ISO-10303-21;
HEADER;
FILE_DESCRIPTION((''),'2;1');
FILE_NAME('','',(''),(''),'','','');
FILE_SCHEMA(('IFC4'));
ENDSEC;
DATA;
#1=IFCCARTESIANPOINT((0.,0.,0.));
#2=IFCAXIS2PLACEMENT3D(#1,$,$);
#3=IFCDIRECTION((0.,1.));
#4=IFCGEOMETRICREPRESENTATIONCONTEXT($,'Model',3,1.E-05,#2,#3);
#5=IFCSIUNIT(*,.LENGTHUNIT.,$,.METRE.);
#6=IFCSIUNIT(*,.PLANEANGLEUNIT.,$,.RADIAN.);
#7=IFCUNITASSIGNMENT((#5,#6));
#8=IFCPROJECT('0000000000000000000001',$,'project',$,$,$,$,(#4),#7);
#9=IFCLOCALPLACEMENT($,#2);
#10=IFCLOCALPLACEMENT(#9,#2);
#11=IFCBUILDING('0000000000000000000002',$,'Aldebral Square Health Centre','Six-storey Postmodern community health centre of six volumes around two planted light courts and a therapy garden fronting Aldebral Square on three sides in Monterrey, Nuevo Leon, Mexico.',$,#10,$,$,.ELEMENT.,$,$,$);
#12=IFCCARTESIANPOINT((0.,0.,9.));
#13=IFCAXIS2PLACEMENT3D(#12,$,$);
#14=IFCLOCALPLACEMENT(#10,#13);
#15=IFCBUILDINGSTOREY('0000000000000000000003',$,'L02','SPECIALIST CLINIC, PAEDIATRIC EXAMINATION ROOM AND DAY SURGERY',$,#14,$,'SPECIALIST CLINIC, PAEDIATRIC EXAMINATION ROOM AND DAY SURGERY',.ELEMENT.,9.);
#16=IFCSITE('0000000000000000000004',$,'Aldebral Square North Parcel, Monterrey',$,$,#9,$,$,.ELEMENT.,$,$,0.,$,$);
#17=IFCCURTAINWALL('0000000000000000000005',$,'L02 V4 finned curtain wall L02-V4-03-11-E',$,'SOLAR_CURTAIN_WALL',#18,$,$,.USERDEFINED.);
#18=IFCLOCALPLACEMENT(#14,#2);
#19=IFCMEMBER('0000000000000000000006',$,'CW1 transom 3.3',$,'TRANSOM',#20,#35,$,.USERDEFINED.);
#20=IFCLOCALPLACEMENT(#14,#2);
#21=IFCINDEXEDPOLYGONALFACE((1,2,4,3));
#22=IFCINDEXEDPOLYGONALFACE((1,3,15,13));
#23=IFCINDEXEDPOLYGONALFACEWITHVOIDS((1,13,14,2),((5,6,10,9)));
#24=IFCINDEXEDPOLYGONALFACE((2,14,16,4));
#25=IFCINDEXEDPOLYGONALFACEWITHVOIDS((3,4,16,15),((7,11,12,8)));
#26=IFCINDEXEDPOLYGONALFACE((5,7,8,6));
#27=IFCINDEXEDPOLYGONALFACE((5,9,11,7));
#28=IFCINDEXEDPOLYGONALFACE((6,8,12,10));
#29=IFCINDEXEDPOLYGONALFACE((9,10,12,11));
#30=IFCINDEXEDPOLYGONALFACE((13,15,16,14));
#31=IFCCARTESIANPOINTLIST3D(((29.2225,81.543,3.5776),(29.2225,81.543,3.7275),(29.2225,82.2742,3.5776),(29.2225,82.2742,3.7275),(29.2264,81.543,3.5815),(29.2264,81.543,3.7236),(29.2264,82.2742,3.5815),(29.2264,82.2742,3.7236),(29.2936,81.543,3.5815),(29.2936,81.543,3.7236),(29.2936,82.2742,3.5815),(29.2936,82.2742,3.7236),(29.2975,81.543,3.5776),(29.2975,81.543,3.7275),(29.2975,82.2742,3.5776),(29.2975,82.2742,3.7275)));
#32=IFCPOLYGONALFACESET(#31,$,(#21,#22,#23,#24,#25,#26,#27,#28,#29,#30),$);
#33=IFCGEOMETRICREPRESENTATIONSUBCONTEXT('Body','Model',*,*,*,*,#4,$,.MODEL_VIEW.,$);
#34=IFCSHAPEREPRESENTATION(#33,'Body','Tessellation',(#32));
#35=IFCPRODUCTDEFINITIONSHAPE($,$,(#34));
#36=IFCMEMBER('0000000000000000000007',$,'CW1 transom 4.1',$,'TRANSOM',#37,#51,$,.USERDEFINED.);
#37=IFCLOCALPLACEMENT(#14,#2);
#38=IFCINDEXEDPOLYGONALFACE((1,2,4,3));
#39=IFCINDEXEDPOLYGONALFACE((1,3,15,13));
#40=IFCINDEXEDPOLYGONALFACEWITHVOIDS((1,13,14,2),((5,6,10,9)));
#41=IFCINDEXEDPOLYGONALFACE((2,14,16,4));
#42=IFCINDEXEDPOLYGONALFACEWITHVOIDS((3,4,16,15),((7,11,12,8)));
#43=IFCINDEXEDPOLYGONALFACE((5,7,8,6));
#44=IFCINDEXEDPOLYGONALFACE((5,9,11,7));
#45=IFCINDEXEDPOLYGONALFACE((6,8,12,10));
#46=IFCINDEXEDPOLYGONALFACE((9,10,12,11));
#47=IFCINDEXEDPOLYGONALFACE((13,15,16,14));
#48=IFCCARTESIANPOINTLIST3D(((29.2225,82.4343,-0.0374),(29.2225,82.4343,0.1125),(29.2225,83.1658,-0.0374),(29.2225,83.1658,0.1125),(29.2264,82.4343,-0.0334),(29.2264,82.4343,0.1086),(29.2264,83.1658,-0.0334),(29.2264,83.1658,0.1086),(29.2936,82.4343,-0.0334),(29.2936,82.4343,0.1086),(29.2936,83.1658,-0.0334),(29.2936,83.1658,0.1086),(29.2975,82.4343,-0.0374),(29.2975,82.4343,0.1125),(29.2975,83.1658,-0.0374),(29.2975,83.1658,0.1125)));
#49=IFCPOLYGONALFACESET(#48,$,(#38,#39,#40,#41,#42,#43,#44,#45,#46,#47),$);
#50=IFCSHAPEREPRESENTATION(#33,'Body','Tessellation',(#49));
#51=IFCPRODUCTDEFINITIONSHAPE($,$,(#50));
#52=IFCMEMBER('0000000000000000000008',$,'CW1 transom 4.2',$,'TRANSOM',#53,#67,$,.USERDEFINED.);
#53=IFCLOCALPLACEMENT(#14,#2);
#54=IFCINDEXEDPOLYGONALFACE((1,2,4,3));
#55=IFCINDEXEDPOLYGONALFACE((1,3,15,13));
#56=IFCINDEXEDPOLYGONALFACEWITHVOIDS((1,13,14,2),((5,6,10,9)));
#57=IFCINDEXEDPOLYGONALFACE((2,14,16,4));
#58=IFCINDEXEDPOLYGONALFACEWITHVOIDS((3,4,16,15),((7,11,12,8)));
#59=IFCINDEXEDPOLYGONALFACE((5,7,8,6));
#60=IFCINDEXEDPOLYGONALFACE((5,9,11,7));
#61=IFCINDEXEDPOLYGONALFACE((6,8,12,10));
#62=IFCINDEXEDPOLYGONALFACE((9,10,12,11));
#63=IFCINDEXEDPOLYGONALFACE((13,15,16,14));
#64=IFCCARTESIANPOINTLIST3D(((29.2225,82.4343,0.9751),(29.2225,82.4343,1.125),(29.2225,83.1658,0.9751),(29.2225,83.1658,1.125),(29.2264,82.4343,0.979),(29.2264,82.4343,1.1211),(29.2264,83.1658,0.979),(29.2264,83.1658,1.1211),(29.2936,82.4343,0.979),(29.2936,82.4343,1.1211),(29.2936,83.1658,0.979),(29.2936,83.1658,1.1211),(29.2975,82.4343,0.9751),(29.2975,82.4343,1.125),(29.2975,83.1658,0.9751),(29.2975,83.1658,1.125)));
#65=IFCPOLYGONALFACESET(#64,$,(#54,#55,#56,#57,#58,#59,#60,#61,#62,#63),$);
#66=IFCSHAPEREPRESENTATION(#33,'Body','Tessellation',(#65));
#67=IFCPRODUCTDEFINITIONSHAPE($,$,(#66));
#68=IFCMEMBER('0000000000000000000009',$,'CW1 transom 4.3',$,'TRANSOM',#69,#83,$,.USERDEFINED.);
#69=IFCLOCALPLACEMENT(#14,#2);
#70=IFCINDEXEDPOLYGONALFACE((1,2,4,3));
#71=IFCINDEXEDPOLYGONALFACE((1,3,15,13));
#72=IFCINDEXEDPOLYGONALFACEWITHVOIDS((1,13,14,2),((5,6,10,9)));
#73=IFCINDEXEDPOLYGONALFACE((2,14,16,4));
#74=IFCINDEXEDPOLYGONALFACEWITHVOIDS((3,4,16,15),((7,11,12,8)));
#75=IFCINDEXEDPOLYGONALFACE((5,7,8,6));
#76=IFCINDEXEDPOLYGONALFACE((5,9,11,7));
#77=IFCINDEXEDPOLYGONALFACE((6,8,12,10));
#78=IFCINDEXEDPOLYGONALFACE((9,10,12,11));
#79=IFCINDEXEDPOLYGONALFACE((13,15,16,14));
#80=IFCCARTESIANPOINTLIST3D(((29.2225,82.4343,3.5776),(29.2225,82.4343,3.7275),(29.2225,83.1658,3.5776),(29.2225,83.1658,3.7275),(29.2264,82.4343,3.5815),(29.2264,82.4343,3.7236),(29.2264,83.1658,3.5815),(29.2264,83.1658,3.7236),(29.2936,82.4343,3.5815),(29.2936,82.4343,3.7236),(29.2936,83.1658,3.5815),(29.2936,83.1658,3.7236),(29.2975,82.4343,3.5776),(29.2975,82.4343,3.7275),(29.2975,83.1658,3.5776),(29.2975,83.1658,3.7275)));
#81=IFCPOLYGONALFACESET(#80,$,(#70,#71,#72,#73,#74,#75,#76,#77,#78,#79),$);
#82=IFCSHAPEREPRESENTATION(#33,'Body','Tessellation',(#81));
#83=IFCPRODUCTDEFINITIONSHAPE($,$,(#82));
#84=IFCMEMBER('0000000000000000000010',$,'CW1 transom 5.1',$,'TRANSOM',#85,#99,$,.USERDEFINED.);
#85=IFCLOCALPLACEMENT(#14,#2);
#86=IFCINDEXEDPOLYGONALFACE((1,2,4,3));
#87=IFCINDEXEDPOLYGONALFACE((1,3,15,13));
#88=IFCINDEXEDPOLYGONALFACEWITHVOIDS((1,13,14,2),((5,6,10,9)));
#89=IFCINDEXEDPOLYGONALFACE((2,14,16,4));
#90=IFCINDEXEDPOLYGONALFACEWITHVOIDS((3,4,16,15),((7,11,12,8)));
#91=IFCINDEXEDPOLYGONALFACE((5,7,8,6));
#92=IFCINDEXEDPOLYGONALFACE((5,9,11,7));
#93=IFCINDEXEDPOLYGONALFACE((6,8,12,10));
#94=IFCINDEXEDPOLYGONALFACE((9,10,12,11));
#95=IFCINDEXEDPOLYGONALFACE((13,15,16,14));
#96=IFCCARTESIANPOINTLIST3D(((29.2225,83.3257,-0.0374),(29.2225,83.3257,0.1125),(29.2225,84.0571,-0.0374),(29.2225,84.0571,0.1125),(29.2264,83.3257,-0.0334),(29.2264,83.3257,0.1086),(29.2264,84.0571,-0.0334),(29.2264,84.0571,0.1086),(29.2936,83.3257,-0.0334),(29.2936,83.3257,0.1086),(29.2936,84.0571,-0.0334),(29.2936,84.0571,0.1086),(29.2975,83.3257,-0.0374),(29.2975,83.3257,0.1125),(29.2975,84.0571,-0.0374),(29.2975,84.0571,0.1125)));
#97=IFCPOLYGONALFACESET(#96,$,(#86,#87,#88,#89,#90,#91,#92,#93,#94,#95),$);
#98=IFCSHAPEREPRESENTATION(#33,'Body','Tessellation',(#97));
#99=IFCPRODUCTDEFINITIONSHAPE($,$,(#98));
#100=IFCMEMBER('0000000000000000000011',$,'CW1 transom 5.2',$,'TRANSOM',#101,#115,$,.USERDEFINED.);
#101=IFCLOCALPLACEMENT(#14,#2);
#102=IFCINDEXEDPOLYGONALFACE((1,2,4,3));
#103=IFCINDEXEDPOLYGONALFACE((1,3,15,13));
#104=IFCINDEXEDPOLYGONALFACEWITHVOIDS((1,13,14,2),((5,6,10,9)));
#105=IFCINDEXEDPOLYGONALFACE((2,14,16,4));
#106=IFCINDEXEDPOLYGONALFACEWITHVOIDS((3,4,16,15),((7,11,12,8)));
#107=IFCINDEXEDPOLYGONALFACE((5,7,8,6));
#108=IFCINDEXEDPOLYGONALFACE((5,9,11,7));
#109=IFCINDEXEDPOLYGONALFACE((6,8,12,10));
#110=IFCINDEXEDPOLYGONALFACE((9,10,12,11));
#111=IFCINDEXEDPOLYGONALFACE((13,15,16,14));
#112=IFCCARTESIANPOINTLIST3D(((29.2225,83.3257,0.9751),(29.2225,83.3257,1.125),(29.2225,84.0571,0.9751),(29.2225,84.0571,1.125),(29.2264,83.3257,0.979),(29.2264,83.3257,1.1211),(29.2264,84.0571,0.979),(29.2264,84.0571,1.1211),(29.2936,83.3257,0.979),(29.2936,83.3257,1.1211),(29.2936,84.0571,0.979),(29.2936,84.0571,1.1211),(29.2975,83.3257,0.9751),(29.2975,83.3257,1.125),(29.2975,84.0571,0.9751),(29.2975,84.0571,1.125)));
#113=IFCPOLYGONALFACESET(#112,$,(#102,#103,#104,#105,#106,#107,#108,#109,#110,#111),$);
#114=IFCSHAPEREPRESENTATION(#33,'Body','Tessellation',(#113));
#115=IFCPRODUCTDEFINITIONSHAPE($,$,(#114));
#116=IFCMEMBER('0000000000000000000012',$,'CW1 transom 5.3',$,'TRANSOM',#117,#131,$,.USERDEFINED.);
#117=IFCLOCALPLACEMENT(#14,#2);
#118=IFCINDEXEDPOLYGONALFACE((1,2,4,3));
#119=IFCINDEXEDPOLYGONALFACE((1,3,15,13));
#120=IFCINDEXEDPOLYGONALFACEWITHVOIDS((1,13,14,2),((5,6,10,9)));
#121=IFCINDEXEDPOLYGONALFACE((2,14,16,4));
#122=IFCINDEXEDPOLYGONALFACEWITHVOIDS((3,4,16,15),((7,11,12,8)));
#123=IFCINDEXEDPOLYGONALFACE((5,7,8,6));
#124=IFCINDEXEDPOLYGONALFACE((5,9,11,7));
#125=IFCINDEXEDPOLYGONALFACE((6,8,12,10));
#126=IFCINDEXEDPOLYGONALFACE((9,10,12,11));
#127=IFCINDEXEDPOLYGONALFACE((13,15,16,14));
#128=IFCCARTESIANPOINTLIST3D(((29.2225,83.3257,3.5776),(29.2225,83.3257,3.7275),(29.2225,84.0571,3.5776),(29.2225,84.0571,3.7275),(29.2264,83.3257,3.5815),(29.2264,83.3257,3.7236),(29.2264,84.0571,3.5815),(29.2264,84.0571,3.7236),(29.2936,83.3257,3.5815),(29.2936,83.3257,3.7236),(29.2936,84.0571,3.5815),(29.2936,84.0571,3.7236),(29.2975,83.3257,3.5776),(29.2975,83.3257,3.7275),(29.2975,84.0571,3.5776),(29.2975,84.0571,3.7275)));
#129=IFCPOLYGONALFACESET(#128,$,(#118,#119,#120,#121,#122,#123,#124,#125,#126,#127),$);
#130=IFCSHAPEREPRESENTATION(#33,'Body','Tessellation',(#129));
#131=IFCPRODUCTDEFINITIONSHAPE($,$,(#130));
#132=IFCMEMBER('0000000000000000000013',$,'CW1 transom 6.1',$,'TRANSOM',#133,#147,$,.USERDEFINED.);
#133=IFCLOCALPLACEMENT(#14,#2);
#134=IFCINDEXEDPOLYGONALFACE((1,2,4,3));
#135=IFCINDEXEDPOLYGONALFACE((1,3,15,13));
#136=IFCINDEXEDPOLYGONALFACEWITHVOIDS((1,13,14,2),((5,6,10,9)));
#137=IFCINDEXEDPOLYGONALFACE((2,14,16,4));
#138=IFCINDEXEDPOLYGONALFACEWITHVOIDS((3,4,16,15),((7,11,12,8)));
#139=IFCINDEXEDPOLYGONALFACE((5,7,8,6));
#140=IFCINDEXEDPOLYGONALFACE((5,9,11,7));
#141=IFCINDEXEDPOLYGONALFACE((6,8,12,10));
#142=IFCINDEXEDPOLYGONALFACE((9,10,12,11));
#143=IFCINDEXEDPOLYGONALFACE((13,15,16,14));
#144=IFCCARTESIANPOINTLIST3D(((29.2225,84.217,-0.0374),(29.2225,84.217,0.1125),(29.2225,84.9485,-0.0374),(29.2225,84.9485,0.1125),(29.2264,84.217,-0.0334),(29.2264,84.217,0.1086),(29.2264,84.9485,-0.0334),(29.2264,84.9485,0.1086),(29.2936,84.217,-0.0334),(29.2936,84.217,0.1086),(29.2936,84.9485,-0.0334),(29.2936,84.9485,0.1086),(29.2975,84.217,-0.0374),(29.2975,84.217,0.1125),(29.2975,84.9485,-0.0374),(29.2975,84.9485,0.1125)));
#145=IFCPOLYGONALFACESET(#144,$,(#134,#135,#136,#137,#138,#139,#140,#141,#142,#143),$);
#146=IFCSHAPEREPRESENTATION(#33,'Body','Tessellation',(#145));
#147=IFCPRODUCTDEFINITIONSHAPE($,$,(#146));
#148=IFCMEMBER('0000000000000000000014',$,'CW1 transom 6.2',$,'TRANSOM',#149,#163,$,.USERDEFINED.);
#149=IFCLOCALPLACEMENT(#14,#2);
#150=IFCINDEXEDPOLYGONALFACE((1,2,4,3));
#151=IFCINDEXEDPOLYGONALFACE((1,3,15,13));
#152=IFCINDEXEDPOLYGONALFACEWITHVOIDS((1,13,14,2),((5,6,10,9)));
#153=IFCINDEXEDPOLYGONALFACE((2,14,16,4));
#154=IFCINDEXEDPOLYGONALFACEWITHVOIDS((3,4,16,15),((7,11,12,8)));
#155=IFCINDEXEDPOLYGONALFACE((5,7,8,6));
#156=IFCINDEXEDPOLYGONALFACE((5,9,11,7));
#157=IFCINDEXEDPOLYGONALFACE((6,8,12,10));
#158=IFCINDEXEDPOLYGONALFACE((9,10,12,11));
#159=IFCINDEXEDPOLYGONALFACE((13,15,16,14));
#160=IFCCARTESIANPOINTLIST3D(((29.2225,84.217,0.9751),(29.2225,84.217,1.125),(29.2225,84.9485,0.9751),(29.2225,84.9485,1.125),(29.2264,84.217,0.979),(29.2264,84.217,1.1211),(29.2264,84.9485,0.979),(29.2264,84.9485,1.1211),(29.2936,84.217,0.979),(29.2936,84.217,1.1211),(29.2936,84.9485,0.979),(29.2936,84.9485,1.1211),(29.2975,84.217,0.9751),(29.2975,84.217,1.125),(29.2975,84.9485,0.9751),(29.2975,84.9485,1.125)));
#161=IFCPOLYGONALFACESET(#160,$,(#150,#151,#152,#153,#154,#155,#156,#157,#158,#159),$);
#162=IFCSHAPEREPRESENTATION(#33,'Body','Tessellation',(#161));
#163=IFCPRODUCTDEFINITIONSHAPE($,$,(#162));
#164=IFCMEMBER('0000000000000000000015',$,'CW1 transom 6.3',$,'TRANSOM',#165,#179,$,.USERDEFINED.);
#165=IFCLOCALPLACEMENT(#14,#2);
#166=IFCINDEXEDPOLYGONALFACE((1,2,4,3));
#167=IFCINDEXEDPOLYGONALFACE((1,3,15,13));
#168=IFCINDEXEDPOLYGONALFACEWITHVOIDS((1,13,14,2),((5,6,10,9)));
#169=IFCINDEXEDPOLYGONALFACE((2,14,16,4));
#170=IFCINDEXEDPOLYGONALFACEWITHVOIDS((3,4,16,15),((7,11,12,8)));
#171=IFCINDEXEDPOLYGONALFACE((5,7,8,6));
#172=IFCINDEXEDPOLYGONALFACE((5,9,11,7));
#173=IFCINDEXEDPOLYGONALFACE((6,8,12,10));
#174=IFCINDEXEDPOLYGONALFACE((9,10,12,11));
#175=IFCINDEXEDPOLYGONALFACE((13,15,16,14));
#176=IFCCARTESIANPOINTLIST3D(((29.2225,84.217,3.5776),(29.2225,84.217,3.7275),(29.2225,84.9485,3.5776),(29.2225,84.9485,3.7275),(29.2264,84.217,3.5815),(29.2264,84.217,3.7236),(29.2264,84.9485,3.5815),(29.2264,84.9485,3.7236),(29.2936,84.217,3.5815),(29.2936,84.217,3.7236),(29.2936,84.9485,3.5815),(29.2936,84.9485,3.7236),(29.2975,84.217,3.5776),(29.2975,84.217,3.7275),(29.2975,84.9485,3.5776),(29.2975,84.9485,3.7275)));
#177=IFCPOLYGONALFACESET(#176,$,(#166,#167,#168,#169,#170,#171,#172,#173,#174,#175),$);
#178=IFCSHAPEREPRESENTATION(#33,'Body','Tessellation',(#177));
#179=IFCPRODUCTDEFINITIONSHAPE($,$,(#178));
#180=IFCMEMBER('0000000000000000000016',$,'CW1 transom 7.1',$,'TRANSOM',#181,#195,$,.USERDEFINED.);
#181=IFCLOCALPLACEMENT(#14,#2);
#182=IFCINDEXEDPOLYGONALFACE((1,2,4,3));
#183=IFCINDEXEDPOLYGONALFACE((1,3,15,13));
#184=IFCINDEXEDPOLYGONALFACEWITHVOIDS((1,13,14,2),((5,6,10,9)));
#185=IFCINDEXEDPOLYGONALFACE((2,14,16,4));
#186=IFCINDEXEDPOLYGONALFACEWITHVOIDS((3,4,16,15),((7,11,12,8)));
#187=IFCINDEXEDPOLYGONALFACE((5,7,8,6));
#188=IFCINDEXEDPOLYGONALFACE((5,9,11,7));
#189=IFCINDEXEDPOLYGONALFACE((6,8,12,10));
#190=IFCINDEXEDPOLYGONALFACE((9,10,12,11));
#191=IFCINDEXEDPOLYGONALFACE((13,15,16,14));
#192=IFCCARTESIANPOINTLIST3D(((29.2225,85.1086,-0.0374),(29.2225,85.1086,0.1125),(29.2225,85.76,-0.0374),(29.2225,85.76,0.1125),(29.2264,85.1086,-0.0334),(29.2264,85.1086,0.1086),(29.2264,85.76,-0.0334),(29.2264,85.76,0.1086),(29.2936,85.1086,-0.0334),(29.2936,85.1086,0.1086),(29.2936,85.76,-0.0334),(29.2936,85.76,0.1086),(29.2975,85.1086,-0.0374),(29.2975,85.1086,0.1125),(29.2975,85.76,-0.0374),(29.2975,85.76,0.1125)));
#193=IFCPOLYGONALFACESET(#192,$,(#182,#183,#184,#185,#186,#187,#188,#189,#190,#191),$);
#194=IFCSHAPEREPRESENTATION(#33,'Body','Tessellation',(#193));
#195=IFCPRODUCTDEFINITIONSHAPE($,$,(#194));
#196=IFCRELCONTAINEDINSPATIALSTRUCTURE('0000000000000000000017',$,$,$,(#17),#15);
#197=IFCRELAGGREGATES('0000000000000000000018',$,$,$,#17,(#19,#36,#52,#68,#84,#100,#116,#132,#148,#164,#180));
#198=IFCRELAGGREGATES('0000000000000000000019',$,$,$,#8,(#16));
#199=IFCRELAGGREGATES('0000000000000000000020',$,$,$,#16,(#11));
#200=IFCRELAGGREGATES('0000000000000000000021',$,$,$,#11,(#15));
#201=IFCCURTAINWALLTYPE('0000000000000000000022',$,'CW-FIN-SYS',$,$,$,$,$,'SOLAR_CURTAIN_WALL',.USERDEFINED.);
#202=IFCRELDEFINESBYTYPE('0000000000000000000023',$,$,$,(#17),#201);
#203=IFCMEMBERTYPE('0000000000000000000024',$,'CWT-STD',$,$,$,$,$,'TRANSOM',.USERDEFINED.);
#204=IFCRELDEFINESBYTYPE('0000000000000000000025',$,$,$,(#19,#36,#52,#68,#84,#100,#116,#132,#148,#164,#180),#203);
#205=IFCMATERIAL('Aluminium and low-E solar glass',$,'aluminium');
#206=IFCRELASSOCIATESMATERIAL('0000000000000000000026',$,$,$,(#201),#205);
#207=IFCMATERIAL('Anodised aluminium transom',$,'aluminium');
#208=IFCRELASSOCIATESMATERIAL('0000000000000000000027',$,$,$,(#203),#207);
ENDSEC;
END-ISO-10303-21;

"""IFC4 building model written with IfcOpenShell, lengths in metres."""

from ifc_helpers import new_model, si_unit, direction, frame, origin, origin_2d, place, context, subcontext, project, spatial, hollow_rectangle, extrude, material, material_profile, profile_set, type_object, element, aggregate, save


model = new_model("IFC4")

# Units and contexts
model_context = context("Model", 3, precision=1e-05, world=origin(), true_north=direction((0.0, 1.0)))
body_context = subcontext(model_context, "Body", "Model", "MODEL_VIEW")
ifc_project = project(units=[si_unit("LENGTHUNIT", "METRE"), si_unit("PLANEANGLEUNIT", "RADIAN")], contexts=[model_context])

# Site, building, storey
site_placement = place(None, origin())
site = spatial("IfcSite", under=ifc_project, at=site_placement, Name="Aldebral Square North Parcel, Monterrey", CompositionType="ELEMENT", RefElevation=0.0)
building_placement = place(site_placement, origin())
building = spatial("IfcBuilding", under=site, at=building_placement, Name="Aldebral Square Health Centre", Description="Six-storey Postmodern community health centre of six volumes around two planted light courts and a therapy garden fronting Aldebral Square on three sides in Monterrey, Nuevo Leon, Mexico.", CompositionType="ELEMENT")
storey_placement = place(building_placement, frame((0.0, 0.0, 9.0)))
storey = spatial("IfcBuildingStorey", under=building, at=storey_placement, Name="L02", Description="SPECIALIST CLINIC, PAEDIATRIC EXAMINATION ROOM AND DAY SURGERY", LongName="SPECIALIST CLINIC, PAEDIATRIC EXAMINATION ROOM AND DAY SURGERY", CompositionType="ELEMENT", Elevation=9.0)

# Curtain wall, members
ifc_material_1 = material(Name="Aluminium and low-E solar glass", Category="aluminium")
curtain_wall_type = type_object("IfcCurtainWallType", Name="CW-FIN-SYS", ElementType="SOLAR_CURTAIN_WALL", PredefinedType="USERDEFINED", material=ifc_material_1)
curtain_wall_placement = place(storey_placement, origin())
curtain_wall = element("IfcCurtainWall", 1, at=curtain_wall_placement, inside=storey, type_object=curtain_wall_type, Name="L02 V4 finned curtain wall L02-V4-03-11-E", ObjectType="SOLAR_CURTAIN_WALL", PredefinedType="USERDEFINED")
ifc_material_2 = material(Name="Anodised aluminium transom", Category="aluminium")
ifc_material_profile_1 = material_profile(ifc_material_2, hollow_rectangle(XDim=0.075, YDim=0.1499, WallThickness=0.0039, at=origin_2d()), Name="CWT 75x150x4")
ifc_profile_set_1 = profile_set([ifc_material_profile_1], Name="Anodised aluminium transom")
member_type_1 = type_object("IfcMemberType", Name="CWT-STD", ElementType="TRANSOM", PredefinedType="USERDEFINED", material=ifc_profile_set_1)
member_1_placement = place(storey_placement, frame((29.26, 81.543, 3.6526), z_axis=(0.0, 1.0, 0.0), x_axis=(-1.0, 0.0, 0.0)))
member_1 = element("IfcMember", 2, at=member_1_placement, type_object=member_type_1, Name="CW1 transom 3.3", ObjectType="TRANSOM", PredefinedType="USERDEFINED", context=body_context, shape_type="SweptSolid", body=[
    extrude(hollow_rectangle(XDim=0.075, YDim=0.1499, WallThickness=0.0039, at=origin_2d()), origin(), (0.0, 0.0, 1.0), 0.7312),
])
member_2_placement = place(storey_placement, frame((29.26, 82.4343, 0.0376), z_axis=(0.0, 1.0, 0.0), x_axis=(-1.0, 0.0, 0.0)))
member_2 = element("IfcMember", 3, at=member_2_placement, type_object=member_type_1, Name="CW1 transom 4.1", ObjectType="TRANSOM", PredefinedType="USERDEFINED", context=body_context, shape_type="SweptSolid", body=[
    extrude(hollow_rectangle(XDim=0.075, YDim=0.1499, WallThickness=0.0039, at=origin_2d()), origin(), (0.0, 0.0, 1.0), 0.7314),
])
member_3_placement = place(storey_placement, frame((29.26, 82.4343, 1.05), z_axis=(0.0, 1.0, 0.0), x_axis=(-1.0, 0.0, 0.0)))
member_3 = element("IfcMember", 4, at=member_3_placement, type_object=member_type_1, Name="CW1 transom 4.2", ObjectType="TRANSOM", PredefinedType="USERDEFINED", context=body_context, shape_type="SweptSolid", body=[
    extrude(hollow_rectangle(XDim=0.075, YDim=0.1499, WallThickness=0.0039, at=origin_2d()), origin(), (0.0, 0.0, 1.0), 0.7314),
])
member_4_placement = place(storey_placement, frame((29.26, 82.4343, 3.6526), z_axis=(0.0, 1.0, 0.0), x_axis=(-1.0, 0.0, 0.0)))
member_4 = element("IfcMember", 5, at=member_4_placement, type_object=member_type_1, Name="CW1 transom 4.3", ObjectType="TRANSOM", PredefinedType="USERDEFINED", context=body_context, shape_type="SweptSolid", body=[
    extrude(hollow_rectangle(XDim=0.075, YDim=0.1499, WallThickness=0.0039, at=origin_2d()), origin(), (0.0, 0.0, 1.0), 0.7314),
])
member_5_placement = place(storey_placement, frame((29.26, 83.3257, 0.0376), z_axis=(0.0, 1.0, 0.0), x_axis=(-1.0, 0.0, 0.0)))
member_5 = element("IfcMember", 6, at=member_5_placement, type_object=member_type_1, Name="CW1 transom 5.1", ObjectType="TRANSOM", PredefinedType="USERDEFINED", context=body_context, shape_type="SweptSolid", body=[
    extrude(hollow_rectangle(XDim=0.075, YDim=0.1499, WallThickness=0.0039, at=origin_2d()), origin(), (0.0, 0.0, 1.0), 0.7314),
])
member_6_placement = place(storey_placement, frame((29.26, 83.3257, 1.05), z_axis=(0.0, 1.0, 0.0), x_axis=(-1.0, 0.0, 0.0)))
member_6 = element("IfcMember", 7, at=member_6_placement, type_object=member_type_1, Name="CW1 transom 5.2", ObjectType="TRANSOM", PredefinedType="USERDEFINED", context=body_context, shape_type="SweptSolid", body=[
    extrude(hollow_rectangle(XDim=0.075, YDim=0.1499, WallThickness=0.0039, at=origin_2d()), origin(), (0.0, 0.0, 1.0), 0.7314),
])
member_7_placement = place(storey_placement, frame((29.26, 83.3257, 3.6526), z_axis=(0.0, 1.0, 0.0), x_axis=(-1.0, 0.0, 0.0)))
member_7 = element("IfcMember", 8, at=member_7_placement, type_object=member_type_1, Name="CW1 transom 5.3", ObjectType="TRANSOM", PredefinedType="USERDEFINED", context=body_context, shape_type="SweptSolid", body=[
    extrude(hollow_rectangle(XDim=0.075, YDim=0.1499, WallThickness=0.0039, at=origin_2d()), origin(), (0.0, 0.0, 1.0), 0.7314),
])
member_8_placement = place(storey_placement, frame((29.26, 84.217, 0.0376), z_axis=(0.0, 1.0, 0.0), x_axis=(-1.0, 0.0, 0.0)))
member_8 = element("IfcMember", 9, at=member_8_placement, type_object=member_type_1, Name="CW1 transom 6.1", ObjectType="TRANSOM", PredefinedType="USERDEFINED", context=body_context, shape_type="SweptSolid", body=[
    extrude(hollow_rectangle(XDim=0.075, YDim=0.1499, WallThickness=0.0039, at=origin_2d()), origin(), (0.0, 0.0, 1.0), 0.7314),
])
member_9_placement = place(storey_placement, frame((29.26, 84.217, 1.05), z_axis=(0.0, 1.0, 0.0), x_axis=(-1.0, 0.0, 0.0)))
member_9 = element("IfcMember", 10, at=member_9_placement, type_object=member_type_1, Name="CW1 transom 6.2", ObjectType="TRANSOM", PredefinedType="USERDEFINED", context=body_context, shape_type="SweptSolid", body=[
    extrude(hollow_rectangle(XDim=0.075, YDim=0.1499, WallThickness=0.0039, at=origin_2d()), origin(), (0.0, 0.0, 1.0), 0.7314),
])
member_10_placement = place(storey_placement, frame((29.26, 84.217, 3.6526), z_axis=(0.0, 1.0, 0.0), x_axis=(-1.0, 0.0, 0.0)))
member_10 = element("IfcMember", 11, at=member_10_placement, type_object=member_type_1, Name="CW1 transom 6.3", ObjectType="TRANSOM", PredefinedType="USERDEFINED", context=body_context, shape_type="SweptSolid", body=[
    extrude(hollow_rectangle(XDim=0.075, YDim=0.1499, WallThickness=0.0039, at=origin_2d()), origin(), (0.0, 0.0, 1.0), 0.7314),
])
member_11_placement = place(storey_placement, frame((29.26, 85.1086, 0.0376), z_axis=(0.0, 1.0, 0.0), x_axis=(-1.0, 0.0, 0.0)))
member_11 = element("IfcMember", 12, at=member_11_placement, type_object=member_type_1, Name="CW1 transom 7.1", ObjectType="TRANSOM", PredefinedType="USERDEFINED", context=body_context, shape_type="SweptSolid", body=[
    extrude(hollow_rectangle(XDim=0.075, YDim=0.1499, WallThickness=0.0039, at=origin_2d()), origin(), (0.0, 0.0, 1.0), 0.6514),
])
aggregate(curtain_wall, [member_1, member_2, member_3, member_4, member_5, member_6, member_7, member_8, member_9, member_10, member_11])

save(model, "model.ifc")
